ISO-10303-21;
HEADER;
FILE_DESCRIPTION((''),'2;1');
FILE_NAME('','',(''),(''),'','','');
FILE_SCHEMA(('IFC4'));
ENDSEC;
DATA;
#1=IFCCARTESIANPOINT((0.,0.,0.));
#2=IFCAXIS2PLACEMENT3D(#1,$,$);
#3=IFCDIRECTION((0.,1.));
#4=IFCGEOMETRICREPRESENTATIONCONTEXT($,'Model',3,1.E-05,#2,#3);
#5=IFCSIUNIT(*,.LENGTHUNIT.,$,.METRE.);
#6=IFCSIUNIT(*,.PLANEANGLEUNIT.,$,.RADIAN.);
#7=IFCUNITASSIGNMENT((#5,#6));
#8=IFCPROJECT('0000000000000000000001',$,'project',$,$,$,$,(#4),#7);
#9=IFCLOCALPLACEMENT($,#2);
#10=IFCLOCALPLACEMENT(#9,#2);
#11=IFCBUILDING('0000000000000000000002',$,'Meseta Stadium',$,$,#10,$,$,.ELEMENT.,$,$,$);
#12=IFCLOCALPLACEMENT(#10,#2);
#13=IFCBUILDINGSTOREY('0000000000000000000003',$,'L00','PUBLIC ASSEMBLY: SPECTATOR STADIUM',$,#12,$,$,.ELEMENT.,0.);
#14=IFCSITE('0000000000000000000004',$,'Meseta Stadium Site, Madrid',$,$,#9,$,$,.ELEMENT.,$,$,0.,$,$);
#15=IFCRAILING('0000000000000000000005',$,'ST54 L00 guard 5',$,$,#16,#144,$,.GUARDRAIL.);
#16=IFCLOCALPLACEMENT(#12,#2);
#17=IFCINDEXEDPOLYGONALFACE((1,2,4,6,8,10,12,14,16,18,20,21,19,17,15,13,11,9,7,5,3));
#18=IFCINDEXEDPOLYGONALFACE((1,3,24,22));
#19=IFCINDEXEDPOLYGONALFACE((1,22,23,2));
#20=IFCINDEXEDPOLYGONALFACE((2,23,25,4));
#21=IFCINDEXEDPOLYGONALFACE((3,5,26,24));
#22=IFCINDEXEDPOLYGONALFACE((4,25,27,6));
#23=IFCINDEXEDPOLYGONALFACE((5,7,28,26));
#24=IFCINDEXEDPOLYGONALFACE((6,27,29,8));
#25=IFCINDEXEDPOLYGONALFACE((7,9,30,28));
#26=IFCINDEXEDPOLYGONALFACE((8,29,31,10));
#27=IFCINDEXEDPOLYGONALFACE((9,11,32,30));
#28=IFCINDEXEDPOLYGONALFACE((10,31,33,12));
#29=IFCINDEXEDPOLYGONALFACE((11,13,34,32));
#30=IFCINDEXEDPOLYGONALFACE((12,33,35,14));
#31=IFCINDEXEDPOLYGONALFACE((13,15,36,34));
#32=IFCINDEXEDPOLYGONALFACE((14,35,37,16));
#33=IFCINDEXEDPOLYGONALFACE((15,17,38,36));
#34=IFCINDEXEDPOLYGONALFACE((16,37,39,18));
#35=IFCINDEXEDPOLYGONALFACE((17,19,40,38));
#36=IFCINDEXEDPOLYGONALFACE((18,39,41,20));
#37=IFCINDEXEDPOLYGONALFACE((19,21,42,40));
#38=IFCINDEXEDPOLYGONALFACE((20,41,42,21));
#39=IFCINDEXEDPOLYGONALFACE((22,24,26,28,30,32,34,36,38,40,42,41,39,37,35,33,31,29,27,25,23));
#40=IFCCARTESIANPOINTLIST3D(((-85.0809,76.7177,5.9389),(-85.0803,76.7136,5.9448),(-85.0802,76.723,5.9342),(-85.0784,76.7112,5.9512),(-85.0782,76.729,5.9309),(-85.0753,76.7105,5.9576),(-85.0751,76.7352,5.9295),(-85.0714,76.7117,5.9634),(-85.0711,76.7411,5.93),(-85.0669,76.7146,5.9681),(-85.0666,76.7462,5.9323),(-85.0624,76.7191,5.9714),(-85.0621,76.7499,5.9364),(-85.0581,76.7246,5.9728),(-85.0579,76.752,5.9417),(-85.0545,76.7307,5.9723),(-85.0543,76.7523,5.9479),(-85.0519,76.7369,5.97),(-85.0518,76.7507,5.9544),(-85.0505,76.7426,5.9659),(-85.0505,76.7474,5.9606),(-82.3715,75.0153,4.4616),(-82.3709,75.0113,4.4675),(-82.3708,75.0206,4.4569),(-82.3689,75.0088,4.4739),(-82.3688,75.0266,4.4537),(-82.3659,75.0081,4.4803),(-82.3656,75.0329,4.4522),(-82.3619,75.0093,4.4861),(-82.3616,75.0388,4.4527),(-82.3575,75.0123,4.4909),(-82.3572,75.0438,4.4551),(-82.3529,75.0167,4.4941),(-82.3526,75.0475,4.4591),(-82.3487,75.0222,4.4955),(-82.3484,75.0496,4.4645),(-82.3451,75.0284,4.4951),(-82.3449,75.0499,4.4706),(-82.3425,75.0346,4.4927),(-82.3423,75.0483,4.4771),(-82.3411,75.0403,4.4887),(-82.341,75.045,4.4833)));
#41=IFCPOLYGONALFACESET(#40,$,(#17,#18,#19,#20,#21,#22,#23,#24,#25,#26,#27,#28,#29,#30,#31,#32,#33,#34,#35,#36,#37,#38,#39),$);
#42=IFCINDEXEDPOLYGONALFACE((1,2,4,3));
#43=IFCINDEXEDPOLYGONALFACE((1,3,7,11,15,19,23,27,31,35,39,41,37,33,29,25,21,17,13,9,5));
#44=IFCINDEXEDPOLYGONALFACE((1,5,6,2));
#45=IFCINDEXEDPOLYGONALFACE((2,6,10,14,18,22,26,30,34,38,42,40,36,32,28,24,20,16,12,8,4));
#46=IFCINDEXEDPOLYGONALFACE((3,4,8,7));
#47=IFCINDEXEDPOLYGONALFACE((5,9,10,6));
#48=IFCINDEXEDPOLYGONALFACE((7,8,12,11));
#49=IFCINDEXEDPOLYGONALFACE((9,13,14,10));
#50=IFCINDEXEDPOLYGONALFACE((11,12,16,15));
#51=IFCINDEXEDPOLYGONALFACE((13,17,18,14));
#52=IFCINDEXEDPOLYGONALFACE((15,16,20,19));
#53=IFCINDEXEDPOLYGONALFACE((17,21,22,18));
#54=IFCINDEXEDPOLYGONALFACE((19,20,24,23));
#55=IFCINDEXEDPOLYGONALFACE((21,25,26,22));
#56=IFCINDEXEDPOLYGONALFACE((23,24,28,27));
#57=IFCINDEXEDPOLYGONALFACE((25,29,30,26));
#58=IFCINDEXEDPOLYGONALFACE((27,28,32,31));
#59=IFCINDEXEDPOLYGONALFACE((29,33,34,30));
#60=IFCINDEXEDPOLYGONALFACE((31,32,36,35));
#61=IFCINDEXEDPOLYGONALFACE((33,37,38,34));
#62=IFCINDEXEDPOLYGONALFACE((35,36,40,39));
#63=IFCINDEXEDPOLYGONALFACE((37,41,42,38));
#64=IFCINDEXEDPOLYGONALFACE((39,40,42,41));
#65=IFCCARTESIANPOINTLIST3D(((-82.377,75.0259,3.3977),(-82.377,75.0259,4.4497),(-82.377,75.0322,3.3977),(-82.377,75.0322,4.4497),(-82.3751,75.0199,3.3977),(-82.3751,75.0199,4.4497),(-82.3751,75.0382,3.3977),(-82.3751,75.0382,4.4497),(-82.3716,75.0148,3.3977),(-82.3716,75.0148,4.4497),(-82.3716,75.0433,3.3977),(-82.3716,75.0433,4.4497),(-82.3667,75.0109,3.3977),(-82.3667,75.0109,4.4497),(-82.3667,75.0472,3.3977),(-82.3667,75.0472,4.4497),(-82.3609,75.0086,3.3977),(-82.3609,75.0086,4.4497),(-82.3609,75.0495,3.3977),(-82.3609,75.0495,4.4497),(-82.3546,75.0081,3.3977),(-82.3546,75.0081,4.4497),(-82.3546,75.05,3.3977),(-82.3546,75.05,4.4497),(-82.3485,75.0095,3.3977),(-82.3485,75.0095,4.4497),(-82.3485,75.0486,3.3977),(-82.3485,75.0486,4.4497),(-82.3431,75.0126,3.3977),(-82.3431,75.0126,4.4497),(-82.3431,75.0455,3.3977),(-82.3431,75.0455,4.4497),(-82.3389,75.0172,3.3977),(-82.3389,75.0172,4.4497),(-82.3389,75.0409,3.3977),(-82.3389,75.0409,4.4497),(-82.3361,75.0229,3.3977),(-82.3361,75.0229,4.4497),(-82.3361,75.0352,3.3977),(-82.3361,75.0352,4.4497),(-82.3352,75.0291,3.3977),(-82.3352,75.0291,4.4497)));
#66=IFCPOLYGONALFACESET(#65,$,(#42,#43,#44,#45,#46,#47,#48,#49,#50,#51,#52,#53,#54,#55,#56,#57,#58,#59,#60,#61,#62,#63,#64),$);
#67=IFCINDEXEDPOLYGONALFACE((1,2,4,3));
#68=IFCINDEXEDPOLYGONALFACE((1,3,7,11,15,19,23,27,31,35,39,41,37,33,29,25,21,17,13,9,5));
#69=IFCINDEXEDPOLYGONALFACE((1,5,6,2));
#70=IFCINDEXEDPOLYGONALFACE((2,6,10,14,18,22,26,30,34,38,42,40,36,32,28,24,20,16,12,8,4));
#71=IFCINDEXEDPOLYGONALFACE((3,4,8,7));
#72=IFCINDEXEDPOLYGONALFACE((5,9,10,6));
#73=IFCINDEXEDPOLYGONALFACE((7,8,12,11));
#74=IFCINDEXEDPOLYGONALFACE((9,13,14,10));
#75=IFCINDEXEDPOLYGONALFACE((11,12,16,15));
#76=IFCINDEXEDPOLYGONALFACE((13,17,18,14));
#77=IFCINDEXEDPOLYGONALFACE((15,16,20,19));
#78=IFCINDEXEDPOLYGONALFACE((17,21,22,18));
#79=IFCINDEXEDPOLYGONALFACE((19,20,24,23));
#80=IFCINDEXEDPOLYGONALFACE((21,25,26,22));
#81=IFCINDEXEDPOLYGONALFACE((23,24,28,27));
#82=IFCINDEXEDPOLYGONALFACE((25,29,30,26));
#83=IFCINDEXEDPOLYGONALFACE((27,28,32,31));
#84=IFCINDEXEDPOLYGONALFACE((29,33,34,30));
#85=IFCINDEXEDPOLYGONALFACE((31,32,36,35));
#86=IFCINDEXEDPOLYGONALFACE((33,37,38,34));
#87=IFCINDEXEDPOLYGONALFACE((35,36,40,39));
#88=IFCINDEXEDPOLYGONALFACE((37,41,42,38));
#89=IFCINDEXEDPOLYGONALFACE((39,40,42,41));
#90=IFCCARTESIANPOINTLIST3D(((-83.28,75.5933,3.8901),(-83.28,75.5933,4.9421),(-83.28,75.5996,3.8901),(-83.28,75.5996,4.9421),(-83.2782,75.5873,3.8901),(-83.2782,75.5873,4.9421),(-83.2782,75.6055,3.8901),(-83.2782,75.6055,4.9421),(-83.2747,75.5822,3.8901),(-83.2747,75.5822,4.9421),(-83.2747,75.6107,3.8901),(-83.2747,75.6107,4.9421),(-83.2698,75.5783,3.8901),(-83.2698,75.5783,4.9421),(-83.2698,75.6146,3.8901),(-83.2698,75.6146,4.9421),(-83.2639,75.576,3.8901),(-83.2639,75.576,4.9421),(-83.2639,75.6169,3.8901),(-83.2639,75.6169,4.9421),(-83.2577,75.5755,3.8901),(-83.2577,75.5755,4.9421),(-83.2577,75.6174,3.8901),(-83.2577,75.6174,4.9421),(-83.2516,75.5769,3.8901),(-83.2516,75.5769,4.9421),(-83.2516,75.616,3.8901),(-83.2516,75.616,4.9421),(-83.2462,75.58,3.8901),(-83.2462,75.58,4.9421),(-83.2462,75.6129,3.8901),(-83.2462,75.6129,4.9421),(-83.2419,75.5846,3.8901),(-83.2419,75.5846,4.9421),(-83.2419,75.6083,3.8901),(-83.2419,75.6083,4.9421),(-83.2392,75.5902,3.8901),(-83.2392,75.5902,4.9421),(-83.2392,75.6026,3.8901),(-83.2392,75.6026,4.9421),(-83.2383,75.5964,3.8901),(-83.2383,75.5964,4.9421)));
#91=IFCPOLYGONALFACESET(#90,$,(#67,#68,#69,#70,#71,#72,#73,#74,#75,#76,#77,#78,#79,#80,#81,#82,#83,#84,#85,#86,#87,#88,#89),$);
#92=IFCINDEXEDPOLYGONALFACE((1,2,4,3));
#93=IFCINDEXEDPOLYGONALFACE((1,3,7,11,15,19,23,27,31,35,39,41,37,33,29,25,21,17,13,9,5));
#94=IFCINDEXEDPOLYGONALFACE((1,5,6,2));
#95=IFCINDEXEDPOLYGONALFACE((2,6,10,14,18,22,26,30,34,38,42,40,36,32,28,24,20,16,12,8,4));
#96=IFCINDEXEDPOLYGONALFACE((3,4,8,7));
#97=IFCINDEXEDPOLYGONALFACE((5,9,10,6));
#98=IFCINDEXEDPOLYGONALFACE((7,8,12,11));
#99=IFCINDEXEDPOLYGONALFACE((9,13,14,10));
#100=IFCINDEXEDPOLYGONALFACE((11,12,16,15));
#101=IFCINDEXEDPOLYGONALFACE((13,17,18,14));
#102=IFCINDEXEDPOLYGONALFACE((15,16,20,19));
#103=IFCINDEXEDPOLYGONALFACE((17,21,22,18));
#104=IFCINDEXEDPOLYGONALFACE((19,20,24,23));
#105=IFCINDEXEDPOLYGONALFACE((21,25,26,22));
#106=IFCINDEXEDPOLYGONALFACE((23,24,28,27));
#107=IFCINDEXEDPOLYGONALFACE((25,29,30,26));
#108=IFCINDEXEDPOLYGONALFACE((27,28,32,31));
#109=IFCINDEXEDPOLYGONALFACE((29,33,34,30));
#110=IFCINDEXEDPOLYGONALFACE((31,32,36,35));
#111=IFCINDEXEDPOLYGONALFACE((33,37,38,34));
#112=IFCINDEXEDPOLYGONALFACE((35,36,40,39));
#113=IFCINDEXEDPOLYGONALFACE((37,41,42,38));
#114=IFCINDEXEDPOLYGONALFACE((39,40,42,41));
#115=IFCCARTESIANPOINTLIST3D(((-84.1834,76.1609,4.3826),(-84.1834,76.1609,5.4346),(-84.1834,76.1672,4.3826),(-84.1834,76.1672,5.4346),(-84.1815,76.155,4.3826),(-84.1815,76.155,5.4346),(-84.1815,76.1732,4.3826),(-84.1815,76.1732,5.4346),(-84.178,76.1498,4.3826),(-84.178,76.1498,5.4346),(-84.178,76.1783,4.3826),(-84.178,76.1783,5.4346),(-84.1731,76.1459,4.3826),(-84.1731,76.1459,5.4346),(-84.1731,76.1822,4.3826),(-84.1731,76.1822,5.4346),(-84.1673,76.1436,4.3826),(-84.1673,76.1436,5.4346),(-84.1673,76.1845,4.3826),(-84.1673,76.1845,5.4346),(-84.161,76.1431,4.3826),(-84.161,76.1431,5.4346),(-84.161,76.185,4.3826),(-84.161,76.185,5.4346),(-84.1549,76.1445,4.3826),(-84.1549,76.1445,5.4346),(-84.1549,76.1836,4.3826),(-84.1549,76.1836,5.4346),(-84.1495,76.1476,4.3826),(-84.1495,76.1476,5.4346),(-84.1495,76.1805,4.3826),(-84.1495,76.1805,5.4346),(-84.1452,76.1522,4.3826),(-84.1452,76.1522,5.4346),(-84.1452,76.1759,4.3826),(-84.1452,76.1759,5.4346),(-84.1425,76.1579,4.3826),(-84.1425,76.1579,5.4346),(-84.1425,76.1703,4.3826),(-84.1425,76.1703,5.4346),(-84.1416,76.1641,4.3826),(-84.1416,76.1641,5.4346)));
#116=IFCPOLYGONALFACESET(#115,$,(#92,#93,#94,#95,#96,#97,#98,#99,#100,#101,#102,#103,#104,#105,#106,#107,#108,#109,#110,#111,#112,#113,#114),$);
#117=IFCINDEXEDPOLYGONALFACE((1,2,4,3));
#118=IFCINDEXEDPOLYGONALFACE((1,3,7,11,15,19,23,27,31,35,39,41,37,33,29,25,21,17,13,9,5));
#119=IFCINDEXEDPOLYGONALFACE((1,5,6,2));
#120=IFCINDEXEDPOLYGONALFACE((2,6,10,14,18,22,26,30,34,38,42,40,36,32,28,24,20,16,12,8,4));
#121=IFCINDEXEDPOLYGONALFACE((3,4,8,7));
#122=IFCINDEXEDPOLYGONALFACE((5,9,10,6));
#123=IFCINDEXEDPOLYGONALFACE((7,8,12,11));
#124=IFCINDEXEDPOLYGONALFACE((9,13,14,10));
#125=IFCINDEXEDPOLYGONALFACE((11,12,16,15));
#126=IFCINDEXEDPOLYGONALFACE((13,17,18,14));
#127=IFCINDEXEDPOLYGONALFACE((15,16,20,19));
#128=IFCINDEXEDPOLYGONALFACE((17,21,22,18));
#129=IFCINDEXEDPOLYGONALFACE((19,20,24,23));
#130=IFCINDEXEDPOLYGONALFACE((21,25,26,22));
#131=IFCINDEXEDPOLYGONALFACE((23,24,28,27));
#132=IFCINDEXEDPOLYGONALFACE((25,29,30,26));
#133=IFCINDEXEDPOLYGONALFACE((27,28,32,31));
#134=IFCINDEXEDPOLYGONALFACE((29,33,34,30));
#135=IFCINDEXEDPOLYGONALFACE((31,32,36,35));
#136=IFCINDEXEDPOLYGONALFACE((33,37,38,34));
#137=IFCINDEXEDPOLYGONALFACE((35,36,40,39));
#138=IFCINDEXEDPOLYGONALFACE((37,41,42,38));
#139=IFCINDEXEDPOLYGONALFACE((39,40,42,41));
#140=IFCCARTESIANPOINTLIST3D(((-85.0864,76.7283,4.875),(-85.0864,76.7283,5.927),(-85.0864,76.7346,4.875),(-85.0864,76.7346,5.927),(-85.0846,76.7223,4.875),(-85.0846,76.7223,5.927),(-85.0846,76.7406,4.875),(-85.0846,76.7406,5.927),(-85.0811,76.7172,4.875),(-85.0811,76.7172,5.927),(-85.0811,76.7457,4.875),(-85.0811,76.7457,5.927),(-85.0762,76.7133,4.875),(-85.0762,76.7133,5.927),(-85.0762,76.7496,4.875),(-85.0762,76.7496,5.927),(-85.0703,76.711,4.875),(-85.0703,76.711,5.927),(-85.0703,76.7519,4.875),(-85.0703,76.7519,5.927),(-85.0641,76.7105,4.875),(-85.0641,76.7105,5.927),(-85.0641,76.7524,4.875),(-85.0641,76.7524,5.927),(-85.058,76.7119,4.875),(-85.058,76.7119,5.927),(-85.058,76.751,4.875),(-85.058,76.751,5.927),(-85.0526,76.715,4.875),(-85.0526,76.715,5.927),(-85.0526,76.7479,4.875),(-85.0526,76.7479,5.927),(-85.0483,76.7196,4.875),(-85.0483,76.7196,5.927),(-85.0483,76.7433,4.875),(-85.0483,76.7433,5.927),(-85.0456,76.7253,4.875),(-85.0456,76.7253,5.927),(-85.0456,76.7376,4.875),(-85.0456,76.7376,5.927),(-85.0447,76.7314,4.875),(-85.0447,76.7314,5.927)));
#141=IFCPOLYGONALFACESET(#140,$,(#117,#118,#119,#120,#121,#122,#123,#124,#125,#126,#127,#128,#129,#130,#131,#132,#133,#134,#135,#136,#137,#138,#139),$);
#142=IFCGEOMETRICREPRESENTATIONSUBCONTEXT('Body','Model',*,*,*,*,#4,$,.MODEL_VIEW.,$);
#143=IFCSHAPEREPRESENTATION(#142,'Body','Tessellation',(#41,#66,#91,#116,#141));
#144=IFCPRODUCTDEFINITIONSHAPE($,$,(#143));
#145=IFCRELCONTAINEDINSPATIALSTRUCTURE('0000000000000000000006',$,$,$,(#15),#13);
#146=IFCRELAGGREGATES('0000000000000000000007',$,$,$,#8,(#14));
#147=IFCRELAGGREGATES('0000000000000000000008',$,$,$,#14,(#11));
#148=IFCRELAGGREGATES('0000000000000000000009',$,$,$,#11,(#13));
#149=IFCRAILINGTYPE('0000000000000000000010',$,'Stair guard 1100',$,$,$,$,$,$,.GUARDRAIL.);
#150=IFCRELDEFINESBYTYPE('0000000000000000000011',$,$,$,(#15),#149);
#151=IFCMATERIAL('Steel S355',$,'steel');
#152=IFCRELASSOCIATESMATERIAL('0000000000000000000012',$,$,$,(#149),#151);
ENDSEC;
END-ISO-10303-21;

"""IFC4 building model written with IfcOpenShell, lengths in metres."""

from ifc_helpers import new_model, si_unit, direction, frame, origin, origin_2d, place, context, subcontext, project, spatial, circle, extrude, material, type_object, element, save


model = new_model("IFC4")

# Units and contexts
model_context = context("Model", 3, precision=1e-05, world=origin(), true_north=direction((0.0, 1.0)))
body_context = subcontext(model_context, "Body", "Model", "MODEL_VIEW")
ifc_project = project(units=[si_unit("LENGTHUNIT", "METRE"), si_unit("PLANEANGLEUNIT", "RADIAN")], contexts=[model_context])

# Site, building, storey
site_placement = place(None, origin())
site = spatial("IfcSite", under=ifc_project, at=site_placement, Name="Meseta Stadium Site, Madrid", CompositionType="ELEMENT", RefElevation=0.0)
building_placement = place(site_placement, origin())
building = spatial("IfcBuilding", under=site, at=building_placement, Name="Meseta Stadium", CompositionType="ELEMENT")
storey_placement = place(building_placement, origin())
storey = spatial("IfcBuildingStorey", under=building, at=storey_placement, Name="L00", Description="PUBLIC ASSEMBLY: SPECTATOR STADIUM", CompositionType="ELEMENT", Elevation=0.0)

# Railing
ifc_material_1 = material(Name="Steel S355", Category="steel")
railing_type_1 = type_object("IfcRailingType", Name="Stair guard 1100", PredefinedType="GUARDRAIL", material=ifc_material_1)
railing_1_placement = place(storey_placement, frame((-82.3562, 75.0291, 3.3977)))
element("IfcRailing", 1, at=railing_1_placement, inside=storey, type_object=railing_type_1, Name="ST54 L00 guard 5", PredefinedType="GUARDRAIL", context=body_context, shape_type="SweptSolid", body=[
    extrude(circle(Radius=0.0239, at=origin_2d()), frame((0.0, 0.0, 1.0762), z_axis=(-0.768764, 0.483023, 0.419156), x_axis=(-0.532014, -0.846736, 0.0)), (0.0, 0.0, 1.0), 3.5244),
    extrude(circle(Radius=0.021, at=origin_2d()), origin(), (0.0, 0.0, 1.0), 1.052),
    extrude(circle(Radius=0.021, at=origin_2d()), frame((-0.9031, 0.5674, 0.4924)), (0.0, 0.0, 1.0), 1.052),
    extrude(circle(Radius=0.021, at=origin_2d()), frame((-1.8064, 1.135, 0.9849)), (0.0, 0.0, 1.0), 1.052),
    extrude(circle(Radius=0.021, at=origin_2d()), frame((-2.7095, 1.7024, 1.4773)), (0.0, 0.0, 1.0), 1.052),
])

save(model, "model.ifc")
